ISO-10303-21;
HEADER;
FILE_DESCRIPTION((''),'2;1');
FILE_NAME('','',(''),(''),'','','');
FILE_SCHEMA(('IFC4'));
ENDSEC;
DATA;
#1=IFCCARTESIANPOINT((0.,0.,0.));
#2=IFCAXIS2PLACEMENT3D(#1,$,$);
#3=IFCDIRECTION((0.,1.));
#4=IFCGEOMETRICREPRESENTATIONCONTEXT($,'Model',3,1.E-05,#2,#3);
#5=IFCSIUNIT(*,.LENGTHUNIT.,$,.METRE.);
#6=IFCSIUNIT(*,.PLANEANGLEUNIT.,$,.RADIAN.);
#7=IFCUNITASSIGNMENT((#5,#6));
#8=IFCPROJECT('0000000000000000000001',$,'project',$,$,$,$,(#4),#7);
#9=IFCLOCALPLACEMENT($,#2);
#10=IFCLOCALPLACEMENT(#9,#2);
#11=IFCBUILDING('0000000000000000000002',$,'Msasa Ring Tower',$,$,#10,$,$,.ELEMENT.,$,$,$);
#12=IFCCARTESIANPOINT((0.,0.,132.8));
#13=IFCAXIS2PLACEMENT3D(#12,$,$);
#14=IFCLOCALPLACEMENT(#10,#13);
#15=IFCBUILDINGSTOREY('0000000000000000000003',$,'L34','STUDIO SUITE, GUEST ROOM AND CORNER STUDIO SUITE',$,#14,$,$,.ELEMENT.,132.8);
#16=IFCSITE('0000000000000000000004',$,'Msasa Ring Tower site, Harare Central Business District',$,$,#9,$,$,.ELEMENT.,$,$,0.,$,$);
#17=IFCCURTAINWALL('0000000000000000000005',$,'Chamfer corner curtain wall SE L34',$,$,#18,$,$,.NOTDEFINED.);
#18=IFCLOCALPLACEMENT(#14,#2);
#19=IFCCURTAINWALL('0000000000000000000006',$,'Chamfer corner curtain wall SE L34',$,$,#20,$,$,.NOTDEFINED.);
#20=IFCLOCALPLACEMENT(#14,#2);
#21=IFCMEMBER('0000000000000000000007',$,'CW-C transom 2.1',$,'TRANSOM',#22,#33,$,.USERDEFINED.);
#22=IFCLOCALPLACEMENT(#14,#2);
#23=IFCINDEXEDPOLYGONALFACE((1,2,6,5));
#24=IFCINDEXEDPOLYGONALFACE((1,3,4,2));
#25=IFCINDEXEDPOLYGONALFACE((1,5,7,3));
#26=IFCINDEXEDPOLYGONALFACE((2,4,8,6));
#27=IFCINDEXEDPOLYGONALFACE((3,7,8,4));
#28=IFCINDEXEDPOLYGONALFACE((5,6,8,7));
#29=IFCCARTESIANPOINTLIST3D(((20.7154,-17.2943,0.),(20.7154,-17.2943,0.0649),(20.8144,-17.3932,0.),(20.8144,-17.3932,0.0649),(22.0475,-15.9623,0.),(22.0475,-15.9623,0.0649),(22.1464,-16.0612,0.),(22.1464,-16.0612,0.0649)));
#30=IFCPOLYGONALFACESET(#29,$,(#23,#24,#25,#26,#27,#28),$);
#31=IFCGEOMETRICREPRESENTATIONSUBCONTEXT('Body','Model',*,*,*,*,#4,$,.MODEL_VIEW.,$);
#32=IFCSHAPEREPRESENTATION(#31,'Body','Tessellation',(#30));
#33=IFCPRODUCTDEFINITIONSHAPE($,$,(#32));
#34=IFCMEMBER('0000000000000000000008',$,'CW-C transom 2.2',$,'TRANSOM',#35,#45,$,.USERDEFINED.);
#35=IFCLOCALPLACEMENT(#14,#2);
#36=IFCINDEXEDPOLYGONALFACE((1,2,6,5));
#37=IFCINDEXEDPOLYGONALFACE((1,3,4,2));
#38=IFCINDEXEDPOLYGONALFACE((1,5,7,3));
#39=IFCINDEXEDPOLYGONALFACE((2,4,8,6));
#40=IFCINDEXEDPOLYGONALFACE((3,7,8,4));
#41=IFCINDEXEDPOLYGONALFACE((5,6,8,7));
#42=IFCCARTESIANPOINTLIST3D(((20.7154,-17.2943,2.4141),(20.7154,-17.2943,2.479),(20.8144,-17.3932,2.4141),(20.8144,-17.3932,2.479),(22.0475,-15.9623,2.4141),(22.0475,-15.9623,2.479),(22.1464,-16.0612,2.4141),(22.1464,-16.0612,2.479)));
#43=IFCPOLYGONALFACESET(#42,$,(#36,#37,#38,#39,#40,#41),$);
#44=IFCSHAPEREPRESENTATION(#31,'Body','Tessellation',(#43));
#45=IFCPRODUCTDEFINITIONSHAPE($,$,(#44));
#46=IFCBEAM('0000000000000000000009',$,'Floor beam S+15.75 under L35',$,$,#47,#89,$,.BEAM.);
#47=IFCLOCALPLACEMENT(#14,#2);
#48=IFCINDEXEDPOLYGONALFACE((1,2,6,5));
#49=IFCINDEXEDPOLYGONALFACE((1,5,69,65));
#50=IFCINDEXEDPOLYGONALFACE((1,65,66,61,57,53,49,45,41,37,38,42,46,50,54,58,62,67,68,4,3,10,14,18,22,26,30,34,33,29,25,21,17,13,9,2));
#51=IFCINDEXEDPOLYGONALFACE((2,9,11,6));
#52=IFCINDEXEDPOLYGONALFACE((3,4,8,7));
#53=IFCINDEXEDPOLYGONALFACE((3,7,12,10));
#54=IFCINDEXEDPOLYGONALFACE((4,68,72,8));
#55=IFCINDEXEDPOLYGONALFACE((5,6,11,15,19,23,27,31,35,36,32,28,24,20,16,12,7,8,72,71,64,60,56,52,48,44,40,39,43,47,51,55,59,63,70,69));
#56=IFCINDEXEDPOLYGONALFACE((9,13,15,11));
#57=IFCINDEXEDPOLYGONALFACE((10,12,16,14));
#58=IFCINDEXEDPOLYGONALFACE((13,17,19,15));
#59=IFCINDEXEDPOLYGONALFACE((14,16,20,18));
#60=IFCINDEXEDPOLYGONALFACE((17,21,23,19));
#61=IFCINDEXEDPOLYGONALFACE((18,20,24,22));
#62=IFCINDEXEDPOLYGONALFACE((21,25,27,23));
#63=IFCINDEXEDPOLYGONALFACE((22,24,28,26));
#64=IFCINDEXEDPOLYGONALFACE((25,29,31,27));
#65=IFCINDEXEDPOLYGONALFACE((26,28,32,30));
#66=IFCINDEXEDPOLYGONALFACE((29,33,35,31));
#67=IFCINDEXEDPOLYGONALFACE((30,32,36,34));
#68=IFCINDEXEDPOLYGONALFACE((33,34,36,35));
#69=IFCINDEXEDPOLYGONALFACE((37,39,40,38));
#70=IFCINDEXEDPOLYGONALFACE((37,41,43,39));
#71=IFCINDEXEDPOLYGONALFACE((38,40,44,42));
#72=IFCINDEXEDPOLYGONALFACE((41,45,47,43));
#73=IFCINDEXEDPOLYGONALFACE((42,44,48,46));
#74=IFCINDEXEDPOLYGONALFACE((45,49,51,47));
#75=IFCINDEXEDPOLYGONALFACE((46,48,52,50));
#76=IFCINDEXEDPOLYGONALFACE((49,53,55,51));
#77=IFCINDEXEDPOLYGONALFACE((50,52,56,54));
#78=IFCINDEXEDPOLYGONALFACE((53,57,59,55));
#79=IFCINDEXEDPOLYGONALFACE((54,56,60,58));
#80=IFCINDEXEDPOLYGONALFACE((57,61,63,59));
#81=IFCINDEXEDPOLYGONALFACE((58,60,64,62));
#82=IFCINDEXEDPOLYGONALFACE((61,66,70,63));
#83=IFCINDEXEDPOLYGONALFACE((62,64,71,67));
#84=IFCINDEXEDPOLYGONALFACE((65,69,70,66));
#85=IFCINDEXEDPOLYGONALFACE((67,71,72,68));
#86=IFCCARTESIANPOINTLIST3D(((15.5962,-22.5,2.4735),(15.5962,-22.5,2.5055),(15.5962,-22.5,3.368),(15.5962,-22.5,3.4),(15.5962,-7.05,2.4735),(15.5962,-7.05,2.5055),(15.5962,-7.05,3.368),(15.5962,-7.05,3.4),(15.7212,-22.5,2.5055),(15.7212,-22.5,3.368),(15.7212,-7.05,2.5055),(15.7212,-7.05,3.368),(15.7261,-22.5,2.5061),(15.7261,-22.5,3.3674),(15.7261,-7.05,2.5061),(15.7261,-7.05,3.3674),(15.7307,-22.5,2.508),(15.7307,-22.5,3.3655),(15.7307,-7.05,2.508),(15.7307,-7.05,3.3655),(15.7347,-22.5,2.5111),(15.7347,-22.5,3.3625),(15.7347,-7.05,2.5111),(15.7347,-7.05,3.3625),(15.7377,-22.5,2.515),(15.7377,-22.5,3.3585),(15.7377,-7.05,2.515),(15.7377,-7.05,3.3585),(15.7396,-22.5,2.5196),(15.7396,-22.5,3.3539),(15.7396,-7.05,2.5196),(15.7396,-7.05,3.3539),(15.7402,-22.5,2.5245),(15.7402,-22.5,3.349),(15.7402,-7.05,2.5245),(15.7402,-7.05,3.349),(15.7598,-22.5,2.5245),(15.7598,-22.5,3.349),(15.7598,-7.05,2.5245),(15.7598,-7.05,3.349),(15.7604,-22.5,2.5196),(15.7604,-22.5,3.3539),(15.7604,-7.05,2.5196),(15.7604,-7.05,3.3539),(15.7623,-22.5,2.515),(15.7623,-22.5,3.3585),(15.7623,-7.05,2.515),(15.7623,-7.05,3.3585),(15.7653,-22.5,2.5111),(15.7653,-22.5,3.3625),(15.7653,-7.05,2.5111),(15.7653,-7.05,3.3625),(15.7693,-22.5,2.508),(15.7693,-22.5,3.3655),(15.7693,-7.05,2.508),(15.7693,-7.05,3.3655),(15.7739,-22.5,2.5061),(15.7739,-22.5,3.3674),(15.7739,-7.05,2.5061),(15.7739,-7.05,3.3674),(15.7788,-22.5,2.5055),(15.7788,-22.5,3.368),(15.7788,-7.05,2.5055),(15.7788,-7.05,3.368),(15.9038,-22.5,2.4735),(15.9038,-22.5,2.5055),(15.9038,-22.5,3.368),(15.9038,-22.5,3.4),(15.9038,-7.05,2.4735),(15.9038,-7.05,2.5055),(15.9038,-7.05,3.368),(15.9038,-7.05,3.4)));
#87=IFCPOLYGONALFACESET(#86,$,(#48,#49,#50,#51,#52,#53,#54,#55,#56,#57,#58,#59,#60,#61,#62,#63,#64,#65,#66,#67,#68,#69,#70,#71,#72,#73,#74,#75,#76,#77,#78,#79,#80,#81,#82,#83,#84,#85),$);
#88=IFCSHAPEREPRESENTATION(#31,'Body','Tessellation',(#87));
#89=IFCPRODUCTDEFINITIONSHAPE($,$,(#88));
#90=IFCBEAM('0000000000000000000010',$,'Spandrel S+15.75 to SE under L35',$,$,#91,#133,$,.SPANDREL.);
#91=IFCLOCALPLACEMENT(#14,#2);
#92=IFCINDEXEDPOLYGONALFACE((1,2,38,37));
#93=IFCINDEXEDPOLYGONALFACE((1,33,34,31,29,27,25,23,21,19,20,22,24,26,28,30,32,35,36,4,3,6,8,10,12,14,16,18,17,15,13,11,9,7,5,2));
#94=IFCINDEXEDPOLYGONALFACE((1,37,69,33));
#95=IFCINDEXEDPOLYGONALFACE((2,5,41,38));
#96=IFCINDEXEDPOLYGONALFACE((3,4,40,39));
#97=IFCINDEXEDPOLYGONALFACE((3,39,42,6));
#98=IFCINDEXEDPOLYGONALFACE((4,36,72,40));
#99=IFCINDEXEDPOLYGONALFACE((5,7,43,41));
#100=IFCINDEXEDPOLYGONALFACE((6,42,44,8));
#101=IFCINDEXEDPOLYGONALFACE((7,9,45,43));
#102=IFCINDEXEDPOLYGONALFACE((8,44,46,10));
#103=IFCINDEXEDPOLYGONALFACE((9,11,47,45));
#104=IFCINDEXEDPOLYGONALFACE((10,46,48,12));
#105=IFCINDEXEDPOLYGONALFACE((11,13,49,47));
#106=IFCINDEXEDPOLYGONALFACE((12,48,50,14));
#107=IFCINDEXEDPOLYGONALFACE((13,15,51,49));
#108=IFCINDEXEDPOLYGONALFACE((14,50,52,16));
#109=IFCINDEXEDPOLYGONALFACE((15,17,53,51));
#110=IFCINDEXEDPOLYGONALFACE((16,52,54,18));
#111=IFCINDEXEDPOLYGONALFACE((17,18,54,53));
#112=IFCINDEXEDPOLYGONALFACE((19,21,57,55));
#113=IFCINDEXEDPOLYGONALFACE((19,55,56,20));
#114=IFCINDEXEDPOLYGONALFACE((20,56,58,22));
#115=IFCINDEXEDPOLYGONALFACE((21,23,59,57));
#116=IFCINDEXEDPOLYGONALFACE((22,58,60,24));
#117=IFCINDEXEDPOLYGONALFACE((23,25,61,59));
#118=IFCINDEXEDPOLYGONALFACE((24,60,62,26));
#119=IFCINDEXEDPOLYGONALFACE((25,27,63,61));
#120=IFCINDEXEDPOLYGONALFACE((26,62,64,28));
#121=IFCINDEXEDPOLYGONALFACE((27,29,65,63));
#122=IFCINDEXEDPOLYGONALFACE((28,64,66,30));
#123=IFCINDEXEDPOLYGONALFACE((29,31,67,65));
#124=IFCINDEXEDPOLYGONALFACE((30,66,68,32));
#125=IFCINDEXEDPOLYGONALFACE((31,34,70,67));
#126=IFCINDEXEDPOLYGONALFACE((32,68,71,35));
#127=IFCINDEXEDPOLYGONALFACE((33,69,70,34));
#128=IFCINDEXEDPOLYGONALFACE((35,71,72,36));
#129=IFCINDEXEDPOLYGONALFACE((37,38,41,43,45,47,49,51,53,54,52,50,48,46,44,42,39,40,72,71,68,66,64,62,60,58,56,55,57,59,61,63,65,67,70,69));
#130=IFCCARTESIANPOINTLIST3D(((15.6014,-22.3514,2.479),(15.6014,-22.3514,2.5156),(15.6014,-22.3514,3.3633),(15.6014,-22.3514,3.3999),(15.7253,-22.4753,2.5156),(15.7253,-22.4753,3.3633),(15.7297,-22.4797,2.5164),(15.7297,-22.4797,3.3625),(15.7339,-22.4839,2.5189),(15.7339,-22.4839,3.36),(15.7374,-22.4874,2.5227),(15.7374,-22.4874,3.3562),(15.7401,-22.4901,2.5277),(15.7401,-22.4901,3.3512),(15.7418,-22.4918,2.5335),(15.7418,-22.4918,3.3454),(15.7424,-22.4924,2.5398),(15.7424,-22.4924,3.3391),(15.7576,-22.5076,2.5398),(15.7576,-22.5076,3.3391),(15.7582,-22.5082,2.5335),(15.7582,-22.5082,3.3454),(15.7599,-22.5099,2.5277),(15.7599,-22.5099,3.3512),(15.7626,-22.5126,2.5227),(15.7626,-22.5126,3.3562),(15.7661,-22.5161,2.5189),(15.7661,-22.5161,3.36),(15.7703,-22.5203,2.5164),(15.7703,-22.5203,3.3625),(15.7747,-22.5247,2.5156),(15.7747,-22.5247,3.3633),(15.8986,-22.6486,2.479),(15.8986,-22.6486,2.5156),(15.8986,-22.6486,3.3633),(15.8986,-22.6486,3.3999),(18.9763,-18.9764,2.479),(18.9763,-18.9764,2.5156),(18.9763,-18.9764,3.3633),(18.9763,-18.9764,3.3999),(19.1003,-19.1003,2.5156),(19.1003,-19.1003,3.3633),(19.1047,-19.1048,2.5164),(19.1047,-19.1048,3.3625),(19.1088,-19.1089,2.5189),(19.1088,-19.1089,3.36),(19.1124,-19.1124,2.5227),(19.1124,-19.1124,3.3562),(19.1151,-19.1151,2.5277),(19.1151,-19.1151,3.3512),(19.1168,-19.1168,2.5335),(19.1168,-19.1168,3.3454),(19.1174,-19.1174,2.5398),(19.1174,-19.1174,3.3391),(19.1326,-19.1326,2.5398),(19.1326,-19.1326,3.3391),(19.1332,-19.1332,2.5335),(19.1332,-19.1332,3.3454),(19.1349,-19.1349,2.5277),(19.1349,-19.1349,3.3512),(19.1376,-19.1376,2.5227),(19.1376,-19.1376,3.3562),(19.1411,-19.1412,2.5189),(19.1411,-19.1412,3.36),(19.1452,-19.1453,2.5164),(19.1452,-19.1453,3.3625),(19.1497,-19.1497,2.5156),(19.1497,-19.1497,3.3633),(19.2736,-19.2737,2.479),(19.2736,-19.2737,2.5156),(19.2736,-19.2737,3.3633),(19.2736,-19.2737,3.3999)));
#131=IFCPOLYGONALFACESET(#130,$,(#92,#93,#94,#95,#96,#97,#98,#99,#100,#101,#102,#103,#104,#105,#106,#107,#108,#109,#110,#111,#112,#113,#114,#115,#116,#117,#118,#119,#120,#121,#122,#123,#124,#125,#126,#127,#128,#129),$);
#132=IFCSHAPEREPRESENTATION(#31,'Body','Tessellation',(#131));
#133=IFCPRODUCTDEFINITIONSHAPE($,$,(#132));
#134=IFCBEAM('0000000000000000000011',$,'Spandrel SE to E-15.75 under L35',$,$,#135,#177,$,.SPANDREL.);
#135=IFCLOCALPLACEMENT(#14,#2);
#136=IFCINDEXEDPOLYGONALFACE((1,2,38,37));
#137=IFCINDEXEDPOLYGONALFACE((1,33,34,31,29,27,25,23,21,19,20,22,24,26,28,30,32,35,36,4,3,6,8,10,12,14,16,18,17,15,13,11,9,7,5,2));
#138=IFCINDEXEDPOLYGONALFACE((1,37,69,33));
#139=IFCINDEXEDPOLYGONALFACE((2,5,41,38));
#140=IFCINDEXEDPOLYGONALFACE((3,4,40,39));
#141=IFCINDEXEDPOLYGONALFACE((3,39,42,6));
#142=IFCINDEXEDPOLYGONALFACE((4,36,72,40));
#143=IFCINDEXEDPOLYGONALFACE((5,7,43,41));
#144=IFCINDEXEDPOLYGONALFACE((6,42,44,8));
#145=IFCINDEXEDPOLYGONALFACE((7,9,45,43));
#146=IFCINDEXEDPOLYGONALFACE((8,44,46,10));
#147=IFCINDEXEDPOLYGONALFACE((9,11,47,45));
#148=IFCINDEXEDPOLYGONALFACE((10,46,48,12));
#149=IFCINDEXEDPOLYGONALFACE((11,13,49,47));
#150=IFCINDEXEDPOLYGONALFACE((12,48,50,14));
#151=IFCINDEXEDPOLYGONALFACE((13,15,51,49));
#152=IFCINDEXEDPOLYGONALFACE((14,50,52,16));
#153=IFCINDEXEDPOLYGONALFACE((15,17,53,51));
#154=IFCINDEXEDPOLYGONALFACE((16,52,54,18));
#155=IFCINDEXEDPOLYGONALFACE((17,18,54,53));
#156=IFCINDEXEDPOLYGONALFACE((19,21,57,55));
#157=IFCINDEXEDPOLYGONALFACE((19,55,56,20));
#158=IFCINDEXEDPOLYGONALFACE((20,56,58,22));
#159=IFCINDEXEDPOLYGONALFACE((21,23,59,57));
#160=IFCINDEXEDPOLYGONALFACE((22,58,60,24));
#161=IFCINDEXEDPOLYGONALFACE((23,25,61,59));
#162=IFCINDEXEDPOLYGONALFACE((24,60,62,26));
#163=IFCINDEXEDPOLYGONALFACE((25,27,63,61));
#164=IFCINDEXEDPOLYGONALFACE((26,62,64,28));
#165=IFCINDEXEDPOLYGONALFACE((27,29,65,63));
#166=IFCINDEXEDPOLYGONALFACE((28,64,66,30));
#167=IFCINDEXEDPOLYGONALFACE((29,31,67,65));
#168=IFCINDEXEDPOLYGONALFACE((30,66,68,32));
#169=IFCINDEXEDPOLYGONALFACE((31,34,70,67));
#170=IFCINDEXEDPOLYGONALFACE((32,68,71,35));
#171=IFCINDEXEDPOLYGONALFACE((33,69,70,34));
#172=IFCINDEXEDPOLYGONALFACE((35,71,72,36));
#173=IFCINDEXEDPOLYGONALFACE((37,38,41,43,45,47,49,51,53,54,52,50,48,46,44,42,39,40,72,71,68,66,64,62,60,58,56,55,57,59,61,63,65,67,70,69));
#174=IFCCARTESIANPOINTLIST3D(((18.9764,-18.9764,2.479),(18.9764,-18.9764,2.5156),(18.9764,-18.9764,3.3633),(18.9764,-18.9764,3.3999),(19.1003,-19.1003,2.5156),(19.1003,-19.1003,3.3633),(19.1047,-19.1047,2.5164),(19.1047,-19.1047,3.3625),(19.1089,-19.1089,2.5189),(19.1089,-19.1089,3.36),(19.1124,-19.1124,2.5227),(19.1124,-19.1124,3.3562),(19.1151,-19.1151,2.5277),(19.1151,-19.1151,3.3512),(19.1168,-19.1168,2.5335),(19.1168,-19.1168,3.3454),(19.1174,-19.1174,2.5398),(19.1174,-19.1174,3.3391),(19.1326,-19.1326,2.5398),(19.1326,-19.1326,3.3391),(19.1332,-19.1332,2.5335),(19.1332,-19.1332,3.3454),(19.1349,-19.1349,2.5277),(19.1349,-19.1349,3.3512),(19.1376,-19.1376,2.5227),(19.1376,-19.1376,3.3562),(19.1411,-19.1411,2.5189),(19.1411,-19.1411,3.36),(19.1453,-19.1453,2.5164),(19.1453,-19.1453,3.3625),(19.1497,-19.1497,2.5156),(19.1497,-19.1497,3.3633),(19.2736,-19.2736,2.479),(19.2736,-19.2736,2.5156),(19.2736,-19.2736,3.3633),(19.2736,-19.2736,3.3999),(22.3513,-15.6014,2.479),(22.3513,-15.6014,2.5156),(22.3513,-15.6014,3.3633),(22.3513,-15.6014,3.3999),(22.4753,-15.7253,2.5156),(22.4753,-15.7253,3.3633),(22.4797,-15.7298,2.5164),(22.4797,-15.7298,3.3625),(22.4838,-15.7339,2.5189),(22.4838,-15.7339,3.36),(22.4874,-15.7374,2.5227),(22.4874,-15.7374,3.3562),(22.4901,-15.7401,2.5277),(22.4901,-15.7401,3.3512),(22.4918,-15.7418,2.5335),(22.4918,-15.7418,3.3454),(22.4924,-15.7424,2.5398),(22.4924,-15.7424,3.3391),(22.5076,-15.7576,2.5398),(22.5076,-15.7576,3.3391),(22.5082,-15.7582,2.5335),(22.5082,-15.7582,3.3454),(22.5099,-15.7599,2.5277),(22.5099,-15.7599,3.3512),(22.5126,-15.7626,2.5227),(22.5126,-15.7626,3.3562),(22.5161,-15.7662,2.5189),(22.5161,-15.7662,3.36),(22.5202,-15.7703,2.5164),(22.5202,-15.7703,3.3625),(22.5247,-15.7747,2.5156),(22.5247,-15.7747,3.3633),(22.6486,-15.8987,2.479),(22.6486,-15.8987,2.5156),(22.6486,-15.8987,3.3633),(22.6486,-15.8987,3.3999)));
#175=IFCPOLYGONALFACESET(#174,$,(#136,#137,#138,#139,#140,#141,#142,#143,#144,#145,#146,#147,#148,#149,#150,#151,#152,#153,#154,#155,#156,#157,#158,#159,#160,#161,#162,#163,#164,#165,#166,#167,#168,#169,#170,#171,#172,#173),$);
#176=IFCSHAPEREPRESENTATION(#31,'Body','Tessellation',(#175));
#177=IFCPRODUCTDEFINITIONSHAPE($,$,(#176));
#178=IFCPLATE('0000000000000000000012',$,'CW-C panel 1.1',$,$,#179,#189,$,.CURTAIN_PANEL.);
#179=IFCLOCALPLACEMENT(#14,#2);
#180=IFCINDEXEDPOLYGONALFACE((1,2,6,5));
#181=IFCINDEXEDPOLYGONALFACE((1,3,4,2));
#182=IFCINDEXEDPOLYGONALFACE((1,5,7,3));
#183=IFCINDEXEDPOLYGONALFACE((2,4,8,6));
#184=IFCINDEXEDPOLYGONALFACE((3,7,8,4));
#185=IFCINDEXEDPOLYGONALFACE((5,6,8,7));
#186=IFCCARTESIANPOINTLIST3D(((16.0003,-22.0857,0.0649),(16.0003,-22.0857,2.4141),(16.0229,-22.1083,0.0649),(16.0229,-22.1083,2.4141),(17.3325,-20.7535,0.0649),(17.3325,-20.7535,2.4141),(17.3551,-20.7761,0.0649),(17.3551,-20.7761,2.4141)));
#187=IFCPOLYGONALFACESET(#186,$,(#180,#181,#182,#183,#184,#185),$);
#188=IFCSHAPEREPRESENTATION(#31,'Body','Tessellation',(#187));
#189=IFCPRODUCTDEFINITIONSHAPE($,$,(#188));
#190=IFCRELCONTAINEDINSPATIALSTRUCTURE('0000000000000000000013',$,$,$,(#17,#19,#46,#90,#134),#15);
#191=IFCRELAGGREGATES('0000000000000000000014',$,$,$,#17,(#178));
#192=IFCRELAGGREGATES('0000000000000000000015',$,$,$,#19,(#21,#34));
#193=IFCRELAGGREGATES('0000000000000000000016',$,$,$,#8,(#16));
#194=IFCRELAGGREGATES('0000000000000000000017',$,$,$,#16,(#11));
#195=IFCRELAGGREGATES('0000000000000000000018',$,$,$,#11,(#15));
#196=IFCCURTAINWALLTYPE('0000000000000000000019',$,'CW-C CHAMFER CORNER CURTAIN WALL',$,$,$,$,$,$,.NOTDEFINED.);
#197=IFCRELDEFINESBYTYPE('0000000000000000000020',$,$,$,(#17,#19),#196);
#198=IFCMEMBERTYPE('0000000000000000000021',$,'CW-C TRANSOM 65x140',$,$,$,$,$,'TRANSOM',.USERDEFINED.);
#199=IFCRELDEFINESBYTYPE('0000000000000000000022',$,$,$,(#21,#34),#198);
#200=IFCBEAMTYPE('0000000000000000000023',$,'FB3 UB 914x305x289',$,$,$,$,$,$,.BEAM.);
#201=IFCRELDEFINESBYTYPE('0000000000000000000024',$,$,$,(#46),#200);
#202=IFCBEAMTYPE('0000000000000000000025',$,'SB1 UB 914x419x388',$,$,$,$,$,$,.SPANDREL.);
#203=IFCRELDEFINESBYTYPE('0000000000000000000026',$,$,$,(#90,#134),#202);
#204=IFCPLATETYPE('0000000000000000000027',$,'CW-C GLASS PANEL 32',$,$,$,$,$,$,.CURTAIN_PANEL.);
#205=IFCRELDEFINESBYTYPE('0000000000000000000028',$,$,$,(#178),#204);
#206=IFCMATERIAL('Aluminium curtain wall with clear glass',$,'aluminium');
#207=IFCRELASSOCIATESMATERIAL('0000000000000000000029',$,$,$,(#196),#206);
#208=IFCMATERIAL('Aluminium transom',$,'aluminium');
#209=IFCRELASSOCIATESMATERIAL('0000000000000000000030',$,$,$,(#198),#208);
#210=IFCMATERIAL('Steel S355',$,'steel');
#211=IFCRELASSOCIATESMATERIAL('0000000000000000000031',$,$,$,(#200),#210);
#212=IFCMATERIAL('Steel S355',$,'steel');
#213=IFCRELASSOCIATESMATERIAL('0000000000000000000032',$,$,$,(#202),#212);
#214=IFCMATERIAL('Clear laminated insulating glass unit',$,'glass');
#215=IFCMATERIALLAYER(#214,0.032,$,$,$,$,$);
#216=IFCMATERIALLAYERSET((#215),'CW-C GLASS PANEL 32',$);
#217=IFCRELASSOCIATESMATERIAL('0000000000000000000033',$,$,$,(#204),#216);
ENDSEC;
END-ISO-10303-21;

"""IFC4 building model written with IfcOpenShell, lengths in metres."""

from ifc_helpers import new_model, si_unit, direction, frame, origin, origin_2d, place, context, subcontext, project, spatial, rectangle, i_section, extrude, material, layer, layer_set, material_profile, profile_set, type_object, element, aggregate, save


model = new_model("IFC4")

# Units and contexts
model_context = context("Model", 3, precision=1e-05, world=origin(), true_north=direction((0.0, 1.0)))
body_context = subcontext(model_context, "Body", "Model", "MODEL_VIEW")
ifc_project = project(units=[si_unit("LENGTHUNIT", "METRE"), si_unit("PLANEANGLEUNIT", "RADIAN")], contexts=[model_context])

# Site, building, storey
site_placement = place(None, origin())
site = spatial("IfcSite", under=ifc_project, at=site_placement, Name="Msasa Ring Tower site, Harare Central Business District", CompositionType="ELEMENT", RefElevation=0.0)
building_placement = place(site_placement, origin())
building = spatial("IfcBuilding", under=site, at=building_placement, Name="Msasa Ring Tower", CompositionType="ELEMENT")
storey_placement = place(building_placement, frame((0.0, 0.0, 132.8)))
storey = spatial("IfcBuildingStorey", under=building, at=storey_placement, Name="L34", Description="STUDIO SUITE, GUEST ROOM AND CORNER STUDIO SUITE", CompositionType="ELEMENT", Elevation=132.8)

# Curtain walls
ifc_material_1 = material(Name="Aluminium curtain wall with clear glass", Category="aluminium")
curtain_wall_type = type_object("IfcCurtainWallType", Name="CW-C CHAMFER CORNER CURTAIN WALL", PredefinedType="NOTDEFINED", material=ifc_material_1)
curtain_wall_1_placement = place(storey_placement, origin())
curtain_wall_1 = element("IfcCurtainWall", 1, at=curtain_wall_1_placement, inside=storey, type_object=curtain_wall_type, Name="Chamfer corner curtain wall SE L34", PredefinedType="NOTDEFINED")
curtain_wall_2_placement = place(storey_placement, origin())
curtain_wall_2 = element("IfcCurtainWall", 2, at=curtain_wall_2_placement, inside=storey, type_object=curtain_wall_type, Name="Chamfer corner curtain wall SE L34", PredefinedType="NOTDEFINED")

# Members
ifc_material_2 = material(Name="Aluminium transom", Category="aluminium")
ifc_material_profile_1 = material_profile(ifc_material_2, rectangle(XDim=0.1399, YDim=0.0649, at=origin_2d()), Name="AL 65x140")
ifc_profile_set_1 = profile_set([ifc_material_profile_1], Name="Aluminium transom")
member_type_1 = type_object("IfcMemberType", Name="CW-C TRANSOM 65x140", ElementType="TRANSOM", PredefinedType="USERDEFINED", material=ifc_profile_set_1)
member_1_placement = place(storey_placement, frame((20.7649, -17.3438, 0.0325), z_axis=(0.707107, 0.707107, 0.0), x_axis=(-0.707107, 0.707107, 0.0)))
member_1 = element("IfcMember", 3, at=member_1_placement, type_object=member_type_1, Name="CW-C transom 2.1", ObjectType="TRANSOM", PredefinedType="USERDEFINED", context=body_context, shape_type="SweptSolid", body=[
    extrude(rectangle(XDim=0.1399, YDim=0.0649, at=origin_2d()), origin(), (0.0, 0.0, 1.0), 1.8838),
])
member_2_placement = place(storey_placement, frame((20.7649, -17.3438, 2.4465), z_axis=(0.707107, 0.707107, 0.0), x_axis=(-0.707107, 0.707107, 0.0)))
member_2 = element("IfcMember", 4, at=member_2_placement, type_object=member_type_1, Name="CW-C transom 2.2", ObjectType="TRANSOM", PredefinedType="USERDEFINED", context=body_context, shape_type="SweptSolid", body=[
    extrude(rectangle(XDim=0.1399, YDim=0.0649, at=origin_2d()), origin(), (0.0, 0.0, 1.0), 1.8838),
])

# Beams
ifc_material_3 = material(Name="Steel S355", Category="steel")
ifc_material_profile_2 = material_profile(ifc_material_3, i_section(OverallWidth=0.3076, OverallDepth=0.9265, WebThickness=0.0195, FlangeThickness=0.032, FilletRadius=0.019, at=origin_2d()), Name="UB 914x305x289")
ifc_profile_set_2 = profile_set([ifc_material_profile_2], Name="Steel S355")
beam_type_1 = type_object("IfcBeamType", Name="FB3 UB 914x305x289", PredefinedType="BEAM", material=ifc_profile_set_2)
beam_placement = place(storey_placement, frame((15.75, -22.5, 2.9368), z_axis=(0.0, 1.0, 0.0), x_axis=(-1.0, 0.0, 0.0)))
element("IfcBeam", 5, at=beam_placement, inside=storey, type_object=beam_type_1, Name="Floor beam S+15.75 under L35", PredefinedType="BEAM", context=body_context, shape_type="SweptSolid", body=[
    extrude(i_section(OverallWidth=0.3076, OverallDepth=0.9265, WebThickness=0.0195, FlangeThickness=0.032, FilletRadius=0.019, at=origin_2d()), origin(), (0.0, 0.0, 1.0), 15.45),
])
ifc_material_4 = material(Name="Steel S355", Category="steel")
ifc_material_profile_3 = material_profile(ifc_material_4, i_section(OverallWidth=0.4204, OverallDepth=0.9209, WebThickness=0.0215, FlangeThickness=0.0366, FilletRadius=0.0242, at=origin_2d()), Name="UB 914x419x388")
ifc_profile_set_3 = profile_set([ifc_material_profile_3], Name="Steel S355")
beam_type_2 = type_object("IfcBeamType", Name="SB1 UB 914x419x388", PredefinedType="SPANDREL", material=ifc_profile_set_3)
for number, where, z_axis, x_axis, name in (
    (6, (15.75, -22.5, 2.9395), (0.707107, 0.707107, 0.0), (-0.707107, 0.707107, 0.0), "Spandrel S+15.75 to SE under L35"),
    (7, (19.125, -19.125, 2.9395), (0.707107, 0.707107, 0.0), (-0.707107, 0.707107, 0.0), "Spandrel SE to E-15.75 under L35"),
):
    element("IfcBeam", number, at=place(storey_placement, frame(where, z_axis=z_axis, x_axis=x_axis)), inside=storey, type_object=beam_type_2, Name=name, PredefinedType="SPANDREL", context=body_context, shape_type="SweptSolid", body=[
        extrude(i_section(OverallWidth=0.4204, OverallDepth=0.9209, WebThickness=0.0215, FlangeThickness=0.0366, FilletRadius=0.0242, at=origin_2d()), origin(), (0.0, 0.0, 1.0), 4.7729),
    ])

# Plate
ifc_material_5 = material(Name="Clear laminated insulating glass unit", Category="glass")
ifc_layer_1 = layer(ifc_material_5, 0.032)
ifc_layer_set_1 = layer_set([ifc_layer_1], Name="CW-C GLASS PANEL 32")
plate_type = type_object("IfcPlateType", Name="CW-C GLASS PANEL 32", PredefinedType="CURTAIN_PANEL", material=ifc_layer_set_1)
plate_1_placement = place(storey_placement, frame((16.6777, -21.4309, 0.0649), z_axis=(0.0, 0.0, 1.0), x_axis=(0.707107, 0.707107, 0.0)))
plate_1 = element("IfcPlate", 8, at=plate_1_placement, type_object=plate_type, Name="CW-C panel 1.1", PredefinedType="CURTAIN_PANEL", context=body_context, shape_type="SweptSolid", body=[
    extrude(rectangle(XDim=1.884, YDim=0.032, at=origin_2d()), origin(), (0.0, 0.0, 1.0), 2.3491),
])
aggregate(curtain_wall_1, [plate_1])
aggregate(curtain_wall_2, [member_1, member_2])

save(model, "model.ifc")
